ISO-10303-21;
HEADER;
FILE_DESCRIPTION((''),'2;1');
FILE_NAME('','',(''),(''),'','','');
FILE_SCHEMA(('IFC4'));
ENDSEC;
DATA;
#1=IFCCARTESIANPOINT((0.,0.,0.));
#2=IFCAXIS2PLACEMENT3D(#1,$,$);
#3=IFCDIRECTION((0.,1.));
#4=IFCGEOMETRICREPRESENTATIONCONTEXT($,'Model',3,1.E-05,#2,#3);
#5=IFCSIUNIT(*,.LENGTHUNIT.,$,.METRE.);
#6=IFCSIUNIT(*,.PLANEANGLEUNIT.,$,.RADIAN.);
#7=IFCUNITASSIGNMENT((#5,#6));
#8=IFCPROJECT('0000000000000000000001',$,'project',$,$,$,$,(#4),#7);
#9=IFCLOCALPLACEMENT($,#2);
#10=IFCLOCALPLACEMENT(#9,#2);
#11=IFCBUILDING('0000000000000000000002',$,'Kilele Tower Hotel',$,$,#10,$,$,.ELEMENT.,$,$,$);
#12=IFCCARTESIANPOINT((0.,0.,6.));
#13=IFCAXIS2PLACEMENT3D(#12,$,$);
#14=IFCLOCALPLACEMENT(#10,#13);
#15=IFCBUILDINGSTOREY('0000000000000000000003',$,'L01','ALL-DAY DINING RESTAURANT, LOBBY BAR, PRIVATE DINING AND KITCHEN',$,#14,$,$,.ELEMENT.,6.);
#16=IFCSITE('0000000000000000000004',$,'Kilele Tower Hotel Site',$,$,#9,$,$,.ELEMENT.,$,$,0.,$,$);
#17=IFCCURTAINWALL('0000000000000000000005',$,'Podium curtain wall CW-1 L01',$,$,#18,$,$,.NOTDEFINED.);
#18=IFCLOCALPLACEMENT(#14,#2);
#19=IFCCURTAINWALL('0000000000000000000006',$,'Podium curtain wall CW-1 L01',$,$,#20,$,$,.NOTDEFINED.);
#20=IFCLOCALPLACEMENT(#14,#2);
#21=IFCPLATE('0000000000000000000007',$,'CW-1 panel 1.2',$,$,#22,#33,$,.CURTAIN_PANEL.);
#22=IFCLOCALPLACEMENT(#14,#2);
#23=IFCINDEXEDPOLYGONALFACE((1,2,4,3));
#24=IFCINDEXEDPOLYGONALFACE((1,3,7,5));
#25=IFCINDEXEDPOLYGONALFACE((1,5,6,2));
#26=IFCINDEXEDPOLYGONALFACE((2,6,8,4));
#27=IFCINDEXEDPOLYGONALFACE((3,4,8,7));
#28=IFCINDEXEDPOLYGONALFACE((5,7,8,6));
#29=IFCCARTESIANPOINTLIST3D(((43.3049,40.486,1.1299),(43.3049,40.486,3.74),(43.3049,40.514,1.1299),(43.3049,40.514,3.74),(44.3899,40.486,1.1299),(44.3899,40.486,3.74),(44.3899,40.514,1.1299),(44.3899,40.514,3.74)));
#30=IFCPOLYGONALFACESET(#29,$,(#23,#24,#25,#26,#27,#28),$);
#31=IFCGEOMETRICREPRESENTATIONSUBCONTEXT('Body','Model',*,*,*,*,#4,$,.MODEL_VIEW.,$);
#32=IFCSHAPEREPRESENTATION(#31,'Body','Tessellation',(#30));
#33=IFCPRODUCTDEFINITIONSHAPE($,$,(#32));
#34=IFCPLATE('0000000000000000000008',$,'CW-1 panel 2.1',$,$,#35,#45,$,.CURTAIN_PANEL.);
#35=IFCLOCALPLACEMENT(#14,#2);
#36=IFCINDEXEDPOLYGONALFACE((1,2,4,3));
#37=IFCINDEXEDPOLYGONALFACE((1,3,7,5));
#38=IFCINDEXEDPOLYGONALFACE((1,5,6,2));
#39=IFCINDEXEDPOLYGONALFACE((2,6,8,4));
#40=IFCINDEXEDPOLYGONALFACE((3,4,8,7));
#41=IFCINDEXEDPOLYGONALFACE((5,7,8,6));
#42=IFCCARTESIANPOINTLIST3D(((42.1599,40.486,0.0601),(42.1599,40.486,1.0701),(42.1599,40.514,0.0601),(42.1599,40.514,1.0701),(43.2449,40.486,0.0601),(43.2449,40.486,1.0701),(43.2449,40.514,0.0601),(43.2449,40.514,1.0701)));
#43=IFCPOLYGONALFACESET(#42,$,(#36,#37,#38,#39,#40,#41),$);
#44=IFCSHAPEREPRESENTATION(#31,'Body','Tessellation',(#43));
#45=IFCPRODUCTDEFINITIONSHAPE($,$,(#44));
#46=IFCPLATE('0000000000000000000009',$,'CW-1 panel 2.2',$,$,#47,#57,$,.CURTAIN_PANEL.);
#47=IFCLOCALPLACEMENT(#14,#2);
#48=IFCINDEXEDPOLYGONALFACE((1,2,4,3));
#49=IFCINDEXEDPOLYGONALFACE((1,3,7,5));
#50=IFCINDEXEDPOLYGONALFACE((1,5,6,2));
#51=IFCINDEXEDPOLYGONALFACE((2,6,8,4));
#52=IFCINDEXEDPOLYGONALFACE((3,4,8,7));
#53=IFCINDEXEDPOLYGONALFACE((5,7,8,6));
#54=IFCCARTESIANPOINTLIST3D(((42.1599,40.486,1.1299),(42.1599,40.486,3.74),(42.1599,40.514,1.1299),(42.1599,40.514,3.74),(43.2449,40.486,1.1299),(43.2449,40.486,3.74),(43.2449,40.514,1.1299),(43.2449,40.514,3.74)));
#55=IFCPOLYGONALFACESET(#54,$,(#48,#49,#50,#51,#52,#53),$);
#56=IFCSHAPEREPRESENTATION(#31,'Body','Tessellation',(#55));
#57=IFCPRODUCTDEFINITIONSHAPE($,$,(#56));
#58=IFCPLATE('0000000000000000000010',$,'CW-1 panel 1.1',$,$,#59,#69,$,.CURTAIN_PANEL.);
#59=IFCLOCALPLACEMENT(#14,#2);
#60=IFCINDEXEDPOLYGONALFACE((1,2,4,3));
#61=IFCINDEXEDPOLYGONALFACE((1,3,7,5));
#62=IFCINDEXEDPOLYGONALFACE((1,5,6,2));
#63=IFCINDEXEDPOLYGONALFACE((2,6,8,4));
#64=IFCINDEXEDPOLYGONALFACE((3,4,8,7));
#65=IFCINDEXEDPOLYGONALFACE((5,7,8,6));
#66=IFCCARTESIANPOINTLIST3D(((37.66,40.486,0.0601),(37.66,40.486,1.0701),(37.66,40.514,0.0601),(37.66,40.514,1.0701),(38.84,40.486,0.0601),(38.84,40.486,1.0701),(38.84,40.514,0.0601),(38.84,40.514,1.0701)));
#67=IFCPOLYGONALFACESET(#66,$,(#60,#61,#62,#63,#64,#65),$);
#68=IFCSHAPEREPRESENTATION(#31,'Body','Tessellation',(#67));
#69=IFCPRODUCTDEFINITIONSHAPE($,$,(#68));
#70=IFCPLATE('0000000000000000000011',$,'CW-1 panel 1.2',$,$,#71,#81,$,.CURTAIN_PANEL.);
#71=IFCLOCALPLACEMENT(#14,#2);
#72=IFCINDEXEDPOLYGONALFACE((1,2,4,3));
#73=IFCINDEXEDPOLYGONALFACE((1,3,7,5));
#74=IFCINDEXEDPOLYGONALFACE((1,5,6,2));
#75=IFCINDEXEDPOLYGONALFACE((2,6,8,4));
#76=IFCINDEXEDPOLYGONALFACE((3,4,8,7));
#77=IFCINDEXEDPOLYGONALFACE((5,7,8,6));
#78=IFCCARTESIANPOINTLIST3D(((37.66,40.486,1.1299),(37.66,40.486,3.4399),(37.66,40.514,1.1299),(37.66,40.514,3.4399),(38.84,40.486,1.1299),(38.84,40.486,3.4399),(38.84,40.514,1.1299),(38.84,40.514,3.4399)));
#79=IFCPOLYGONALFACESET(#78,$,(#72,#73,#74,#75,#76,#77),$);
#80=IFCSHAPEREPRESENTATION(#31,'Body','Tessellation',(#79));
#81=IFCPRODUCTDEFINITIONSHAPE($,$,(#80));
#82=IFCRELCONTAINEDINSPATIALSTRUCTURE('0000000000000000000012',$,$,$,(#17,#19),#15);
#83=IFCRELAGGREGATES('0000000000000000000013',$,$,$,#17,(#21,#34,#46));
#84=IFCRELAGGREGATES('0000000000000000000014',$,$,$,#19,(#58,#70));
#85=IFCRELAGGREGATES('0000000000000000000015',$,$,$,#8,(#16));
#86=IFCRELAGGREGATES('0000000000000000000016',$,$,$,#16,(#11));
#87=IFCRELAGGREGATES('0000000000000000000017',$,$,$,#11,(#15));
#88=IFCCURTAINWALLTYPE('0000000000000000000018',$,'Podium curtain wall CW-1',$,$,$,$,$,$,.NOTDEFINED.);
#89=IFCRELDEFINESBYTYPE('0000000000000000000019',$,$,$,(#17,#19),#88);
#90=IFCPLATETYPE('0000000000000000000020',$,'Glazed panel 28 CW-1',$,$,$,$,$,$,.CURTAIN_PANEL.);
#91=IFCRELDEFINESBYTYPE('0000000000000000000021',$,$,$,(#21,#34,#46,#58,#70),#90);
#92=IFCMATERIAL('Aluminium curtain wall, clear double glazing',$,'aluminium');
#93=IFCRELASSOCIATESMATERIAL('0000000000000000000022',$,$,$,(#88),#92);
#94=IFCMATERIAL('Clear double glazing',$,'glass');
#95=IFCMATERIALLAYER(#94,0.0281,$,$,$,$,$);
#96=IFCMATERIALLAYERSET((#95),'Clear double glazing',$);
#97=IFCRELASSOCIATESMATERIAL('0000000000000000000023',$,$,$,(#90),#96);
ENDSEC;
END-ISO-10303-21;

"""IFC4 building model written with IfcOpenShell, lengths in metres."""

from ifc_helpers import new_model, si_unit, direction, frame, origin, origin_2d, place, context, subcontext, project, spatial, rectangle, extrude, material, layer, layer_set, type_object, element, aggregate, save


model = new_model("IFC4")

# Units and contexts
model_context = context("Model", 3, precision=1e-05, world=origin(), true_north=direction((0.0, 1.0)))
body_context = subcontext(model_context, "Body", "Model", "MODEL_VIEW")
ifc_project = project(units=[si_unit("LENGTHUNIT", "METRE"), si_unit("PLANEANGLEUNIT", "RADIAN")], contexts=[model_context])

# Site, building, storey
site_placement = place(None, origin())
site = spatial("IfcSite", under=ifc_project, at=site_placement, Name="Kilele Tower Hotel Site", CompositionType="ELEMENT", RefElevation=0.0)
building_placement = place(site_placement, origin())
building = spatial("IfcBuilding", under=site, at=building_placement, Name="Kilele Tower Hotel", CompositionType="ELEMENT")
storey_placement = place(building_placement, frame((0.0, 0.0, 6.0)))
storey = spatial("IfcBuildingStorey", under=building, at=storey_placement, Name="L01", Description="ALL-DAY DINING RESTAURANT, LOBBY BAR, PRIVATE DINING AND KITCHEN", CompositionType="ELEMENT", Elevation=6.0)

# Shared definitions
ifc_material_1 = material(Name="Aluminium curtain wall, clear double glazing", Category="aluminium")
curtain_wall_type = type_object("IfcCurtainWallType", Name="Podium curtain wall CW-1", PredefinedType="NOTDEFINED", material=ifc_material_1)

# Curtain walls
curtain_wall_1_placement = place(storey_placement, origin())
curtain_wall_1 = element("IfcCurtainWall", 1, at=curtain_wall_1_placement, inside=storey, type_object=curtain_wall_type, Name="Podium curtain wall CW-1 L01", PredefinedType="NOTDEFINED")
curtain_wall_2_placement = place(storey_placement, origin())
curtain_wall_2 = element("IfcCurtainWall", 2, at=curtain_wall_2_placement, inside=storey, type_object=curtain_wall_type, Name="Podium curtain wall CW-1 L01", PredefinedType="NOTDEFINED")

# Plates
ifc_material_2 = material(Name="Clear double glazing", Category="glass")
ifc_layer = layer(ifc_material_2, 0.0281)
ifc_layer_set = layer_set([ifc_layer], Name="Clear double glazing")
plate_type = type_object("IfcPlateType", Name="Glazed panel 28 CW-1", PredefinedType="CURTAIN_PANEL", material=ifc_layer_set)
plate_1_placement = place(storey_placement, frame((43.8474, 40.5, 1.1299), z_axis=(0.0, 0.0, 1.0), x_axis=(-1.0, 0.0, 0.0)))
plate_1 = element("IfcPlate", 3, at=plate_1_placement, type_object=plate_type, Name="CW-1 panel 1.2", PredefinedType="CURTAIN_PANEL", context=body_context, shape_type="SweptSolid", body=[
    extrude(rectangle(XDim=1.085, YDim=0.0281, at=origin_2d()), origin(), (0.0, 0.0, 1.0), 2.6101),
])
plate_2_placement = place(storey_placement, frame((42.7024, 40.5, 0.0601), z_axis=(0.0, 0.0, 1.0), x_axis=(-1.0, 0.0, 0.0)))
plate_2 = element("IfcPlate", 4, at=plate_2_placement, type_object=plate_type, Name="CW-1 panel 2.1", PredefinedType="CURTAIN_PANEL", context=body_context, shape_type="SweptSolid", body=[
    extrude(rectangle(XDim=1.085, YDim=0.0281, at=origin_2d()), origin(), (0.0, 0.0, 1.0), 1.01),
])
plate_3_placement = place(storey_placement, frame((42.7024, 40.5, 1.1299), z_axis=(0.0, 0.0, 1.0), x_axis=(-1.0, 0.0, 0.0)))
plate_3 = element("IfcPlate", 5, at=plate_3_placement, type_object=plate_type, Name="CW-1 panel 2.2", PredefinedType="CURTAIN_PANEL", context=body_context, shape_type="SweptSolid", body=[
    extrude(rectangle(XDim=1.085, YDim=0.0281, at=origin_2d()), origin(), (0.0, 0.0, 1.0), 2.6101),
])
aggregate(curtain_wall_1, [plate_1, plate_2, plate_3])
plate_4_placement = place(storey_placement, frame((38.25, 40.5, 0.0601), z_axis=(0.0, 0.0, 1.0), x_axis=(-1.0, 0.0, 0.0)))
plate_4 = element("IfcPlate", 6, at=plate_4_placement, type_object=plate_type, Name="CW-1 panel 1.1", PredefinedType="CURTAIN_PANEL", context=body_context, shape_type="SweptSolid", body=[
    extrude(rectangle(XDim=1.1799, YDim=0.0281, at=origin_2d()), origin(), (0.0, 0.0, 1.0), 1.01),
])
plate_5_placement = place(storey_placement, frame((38.25, 40.5, 1.1299), z_axis=(0.0, 0.0, 1.0), x_axis=(-1.0, 0.0, 0.0)))
plate_5 = element("IfcPlate", 7, at=plate_5_placement, type_object=plate_type, Name="CW-1 panel 1.2", PredefinedType="CURTAIN_PANEL", context=body_context, shape_type="SweptSolid", body=[
    extrude(rectangle(XDim=1.1799, YDim=0.0281, at=origin_2d()), origin(), (0.0, 0.0, 1.0), 2.3101),
])
aggregate(curtain_wall_2, [plate_4, plate_5])

save(model, "model.ifc")
